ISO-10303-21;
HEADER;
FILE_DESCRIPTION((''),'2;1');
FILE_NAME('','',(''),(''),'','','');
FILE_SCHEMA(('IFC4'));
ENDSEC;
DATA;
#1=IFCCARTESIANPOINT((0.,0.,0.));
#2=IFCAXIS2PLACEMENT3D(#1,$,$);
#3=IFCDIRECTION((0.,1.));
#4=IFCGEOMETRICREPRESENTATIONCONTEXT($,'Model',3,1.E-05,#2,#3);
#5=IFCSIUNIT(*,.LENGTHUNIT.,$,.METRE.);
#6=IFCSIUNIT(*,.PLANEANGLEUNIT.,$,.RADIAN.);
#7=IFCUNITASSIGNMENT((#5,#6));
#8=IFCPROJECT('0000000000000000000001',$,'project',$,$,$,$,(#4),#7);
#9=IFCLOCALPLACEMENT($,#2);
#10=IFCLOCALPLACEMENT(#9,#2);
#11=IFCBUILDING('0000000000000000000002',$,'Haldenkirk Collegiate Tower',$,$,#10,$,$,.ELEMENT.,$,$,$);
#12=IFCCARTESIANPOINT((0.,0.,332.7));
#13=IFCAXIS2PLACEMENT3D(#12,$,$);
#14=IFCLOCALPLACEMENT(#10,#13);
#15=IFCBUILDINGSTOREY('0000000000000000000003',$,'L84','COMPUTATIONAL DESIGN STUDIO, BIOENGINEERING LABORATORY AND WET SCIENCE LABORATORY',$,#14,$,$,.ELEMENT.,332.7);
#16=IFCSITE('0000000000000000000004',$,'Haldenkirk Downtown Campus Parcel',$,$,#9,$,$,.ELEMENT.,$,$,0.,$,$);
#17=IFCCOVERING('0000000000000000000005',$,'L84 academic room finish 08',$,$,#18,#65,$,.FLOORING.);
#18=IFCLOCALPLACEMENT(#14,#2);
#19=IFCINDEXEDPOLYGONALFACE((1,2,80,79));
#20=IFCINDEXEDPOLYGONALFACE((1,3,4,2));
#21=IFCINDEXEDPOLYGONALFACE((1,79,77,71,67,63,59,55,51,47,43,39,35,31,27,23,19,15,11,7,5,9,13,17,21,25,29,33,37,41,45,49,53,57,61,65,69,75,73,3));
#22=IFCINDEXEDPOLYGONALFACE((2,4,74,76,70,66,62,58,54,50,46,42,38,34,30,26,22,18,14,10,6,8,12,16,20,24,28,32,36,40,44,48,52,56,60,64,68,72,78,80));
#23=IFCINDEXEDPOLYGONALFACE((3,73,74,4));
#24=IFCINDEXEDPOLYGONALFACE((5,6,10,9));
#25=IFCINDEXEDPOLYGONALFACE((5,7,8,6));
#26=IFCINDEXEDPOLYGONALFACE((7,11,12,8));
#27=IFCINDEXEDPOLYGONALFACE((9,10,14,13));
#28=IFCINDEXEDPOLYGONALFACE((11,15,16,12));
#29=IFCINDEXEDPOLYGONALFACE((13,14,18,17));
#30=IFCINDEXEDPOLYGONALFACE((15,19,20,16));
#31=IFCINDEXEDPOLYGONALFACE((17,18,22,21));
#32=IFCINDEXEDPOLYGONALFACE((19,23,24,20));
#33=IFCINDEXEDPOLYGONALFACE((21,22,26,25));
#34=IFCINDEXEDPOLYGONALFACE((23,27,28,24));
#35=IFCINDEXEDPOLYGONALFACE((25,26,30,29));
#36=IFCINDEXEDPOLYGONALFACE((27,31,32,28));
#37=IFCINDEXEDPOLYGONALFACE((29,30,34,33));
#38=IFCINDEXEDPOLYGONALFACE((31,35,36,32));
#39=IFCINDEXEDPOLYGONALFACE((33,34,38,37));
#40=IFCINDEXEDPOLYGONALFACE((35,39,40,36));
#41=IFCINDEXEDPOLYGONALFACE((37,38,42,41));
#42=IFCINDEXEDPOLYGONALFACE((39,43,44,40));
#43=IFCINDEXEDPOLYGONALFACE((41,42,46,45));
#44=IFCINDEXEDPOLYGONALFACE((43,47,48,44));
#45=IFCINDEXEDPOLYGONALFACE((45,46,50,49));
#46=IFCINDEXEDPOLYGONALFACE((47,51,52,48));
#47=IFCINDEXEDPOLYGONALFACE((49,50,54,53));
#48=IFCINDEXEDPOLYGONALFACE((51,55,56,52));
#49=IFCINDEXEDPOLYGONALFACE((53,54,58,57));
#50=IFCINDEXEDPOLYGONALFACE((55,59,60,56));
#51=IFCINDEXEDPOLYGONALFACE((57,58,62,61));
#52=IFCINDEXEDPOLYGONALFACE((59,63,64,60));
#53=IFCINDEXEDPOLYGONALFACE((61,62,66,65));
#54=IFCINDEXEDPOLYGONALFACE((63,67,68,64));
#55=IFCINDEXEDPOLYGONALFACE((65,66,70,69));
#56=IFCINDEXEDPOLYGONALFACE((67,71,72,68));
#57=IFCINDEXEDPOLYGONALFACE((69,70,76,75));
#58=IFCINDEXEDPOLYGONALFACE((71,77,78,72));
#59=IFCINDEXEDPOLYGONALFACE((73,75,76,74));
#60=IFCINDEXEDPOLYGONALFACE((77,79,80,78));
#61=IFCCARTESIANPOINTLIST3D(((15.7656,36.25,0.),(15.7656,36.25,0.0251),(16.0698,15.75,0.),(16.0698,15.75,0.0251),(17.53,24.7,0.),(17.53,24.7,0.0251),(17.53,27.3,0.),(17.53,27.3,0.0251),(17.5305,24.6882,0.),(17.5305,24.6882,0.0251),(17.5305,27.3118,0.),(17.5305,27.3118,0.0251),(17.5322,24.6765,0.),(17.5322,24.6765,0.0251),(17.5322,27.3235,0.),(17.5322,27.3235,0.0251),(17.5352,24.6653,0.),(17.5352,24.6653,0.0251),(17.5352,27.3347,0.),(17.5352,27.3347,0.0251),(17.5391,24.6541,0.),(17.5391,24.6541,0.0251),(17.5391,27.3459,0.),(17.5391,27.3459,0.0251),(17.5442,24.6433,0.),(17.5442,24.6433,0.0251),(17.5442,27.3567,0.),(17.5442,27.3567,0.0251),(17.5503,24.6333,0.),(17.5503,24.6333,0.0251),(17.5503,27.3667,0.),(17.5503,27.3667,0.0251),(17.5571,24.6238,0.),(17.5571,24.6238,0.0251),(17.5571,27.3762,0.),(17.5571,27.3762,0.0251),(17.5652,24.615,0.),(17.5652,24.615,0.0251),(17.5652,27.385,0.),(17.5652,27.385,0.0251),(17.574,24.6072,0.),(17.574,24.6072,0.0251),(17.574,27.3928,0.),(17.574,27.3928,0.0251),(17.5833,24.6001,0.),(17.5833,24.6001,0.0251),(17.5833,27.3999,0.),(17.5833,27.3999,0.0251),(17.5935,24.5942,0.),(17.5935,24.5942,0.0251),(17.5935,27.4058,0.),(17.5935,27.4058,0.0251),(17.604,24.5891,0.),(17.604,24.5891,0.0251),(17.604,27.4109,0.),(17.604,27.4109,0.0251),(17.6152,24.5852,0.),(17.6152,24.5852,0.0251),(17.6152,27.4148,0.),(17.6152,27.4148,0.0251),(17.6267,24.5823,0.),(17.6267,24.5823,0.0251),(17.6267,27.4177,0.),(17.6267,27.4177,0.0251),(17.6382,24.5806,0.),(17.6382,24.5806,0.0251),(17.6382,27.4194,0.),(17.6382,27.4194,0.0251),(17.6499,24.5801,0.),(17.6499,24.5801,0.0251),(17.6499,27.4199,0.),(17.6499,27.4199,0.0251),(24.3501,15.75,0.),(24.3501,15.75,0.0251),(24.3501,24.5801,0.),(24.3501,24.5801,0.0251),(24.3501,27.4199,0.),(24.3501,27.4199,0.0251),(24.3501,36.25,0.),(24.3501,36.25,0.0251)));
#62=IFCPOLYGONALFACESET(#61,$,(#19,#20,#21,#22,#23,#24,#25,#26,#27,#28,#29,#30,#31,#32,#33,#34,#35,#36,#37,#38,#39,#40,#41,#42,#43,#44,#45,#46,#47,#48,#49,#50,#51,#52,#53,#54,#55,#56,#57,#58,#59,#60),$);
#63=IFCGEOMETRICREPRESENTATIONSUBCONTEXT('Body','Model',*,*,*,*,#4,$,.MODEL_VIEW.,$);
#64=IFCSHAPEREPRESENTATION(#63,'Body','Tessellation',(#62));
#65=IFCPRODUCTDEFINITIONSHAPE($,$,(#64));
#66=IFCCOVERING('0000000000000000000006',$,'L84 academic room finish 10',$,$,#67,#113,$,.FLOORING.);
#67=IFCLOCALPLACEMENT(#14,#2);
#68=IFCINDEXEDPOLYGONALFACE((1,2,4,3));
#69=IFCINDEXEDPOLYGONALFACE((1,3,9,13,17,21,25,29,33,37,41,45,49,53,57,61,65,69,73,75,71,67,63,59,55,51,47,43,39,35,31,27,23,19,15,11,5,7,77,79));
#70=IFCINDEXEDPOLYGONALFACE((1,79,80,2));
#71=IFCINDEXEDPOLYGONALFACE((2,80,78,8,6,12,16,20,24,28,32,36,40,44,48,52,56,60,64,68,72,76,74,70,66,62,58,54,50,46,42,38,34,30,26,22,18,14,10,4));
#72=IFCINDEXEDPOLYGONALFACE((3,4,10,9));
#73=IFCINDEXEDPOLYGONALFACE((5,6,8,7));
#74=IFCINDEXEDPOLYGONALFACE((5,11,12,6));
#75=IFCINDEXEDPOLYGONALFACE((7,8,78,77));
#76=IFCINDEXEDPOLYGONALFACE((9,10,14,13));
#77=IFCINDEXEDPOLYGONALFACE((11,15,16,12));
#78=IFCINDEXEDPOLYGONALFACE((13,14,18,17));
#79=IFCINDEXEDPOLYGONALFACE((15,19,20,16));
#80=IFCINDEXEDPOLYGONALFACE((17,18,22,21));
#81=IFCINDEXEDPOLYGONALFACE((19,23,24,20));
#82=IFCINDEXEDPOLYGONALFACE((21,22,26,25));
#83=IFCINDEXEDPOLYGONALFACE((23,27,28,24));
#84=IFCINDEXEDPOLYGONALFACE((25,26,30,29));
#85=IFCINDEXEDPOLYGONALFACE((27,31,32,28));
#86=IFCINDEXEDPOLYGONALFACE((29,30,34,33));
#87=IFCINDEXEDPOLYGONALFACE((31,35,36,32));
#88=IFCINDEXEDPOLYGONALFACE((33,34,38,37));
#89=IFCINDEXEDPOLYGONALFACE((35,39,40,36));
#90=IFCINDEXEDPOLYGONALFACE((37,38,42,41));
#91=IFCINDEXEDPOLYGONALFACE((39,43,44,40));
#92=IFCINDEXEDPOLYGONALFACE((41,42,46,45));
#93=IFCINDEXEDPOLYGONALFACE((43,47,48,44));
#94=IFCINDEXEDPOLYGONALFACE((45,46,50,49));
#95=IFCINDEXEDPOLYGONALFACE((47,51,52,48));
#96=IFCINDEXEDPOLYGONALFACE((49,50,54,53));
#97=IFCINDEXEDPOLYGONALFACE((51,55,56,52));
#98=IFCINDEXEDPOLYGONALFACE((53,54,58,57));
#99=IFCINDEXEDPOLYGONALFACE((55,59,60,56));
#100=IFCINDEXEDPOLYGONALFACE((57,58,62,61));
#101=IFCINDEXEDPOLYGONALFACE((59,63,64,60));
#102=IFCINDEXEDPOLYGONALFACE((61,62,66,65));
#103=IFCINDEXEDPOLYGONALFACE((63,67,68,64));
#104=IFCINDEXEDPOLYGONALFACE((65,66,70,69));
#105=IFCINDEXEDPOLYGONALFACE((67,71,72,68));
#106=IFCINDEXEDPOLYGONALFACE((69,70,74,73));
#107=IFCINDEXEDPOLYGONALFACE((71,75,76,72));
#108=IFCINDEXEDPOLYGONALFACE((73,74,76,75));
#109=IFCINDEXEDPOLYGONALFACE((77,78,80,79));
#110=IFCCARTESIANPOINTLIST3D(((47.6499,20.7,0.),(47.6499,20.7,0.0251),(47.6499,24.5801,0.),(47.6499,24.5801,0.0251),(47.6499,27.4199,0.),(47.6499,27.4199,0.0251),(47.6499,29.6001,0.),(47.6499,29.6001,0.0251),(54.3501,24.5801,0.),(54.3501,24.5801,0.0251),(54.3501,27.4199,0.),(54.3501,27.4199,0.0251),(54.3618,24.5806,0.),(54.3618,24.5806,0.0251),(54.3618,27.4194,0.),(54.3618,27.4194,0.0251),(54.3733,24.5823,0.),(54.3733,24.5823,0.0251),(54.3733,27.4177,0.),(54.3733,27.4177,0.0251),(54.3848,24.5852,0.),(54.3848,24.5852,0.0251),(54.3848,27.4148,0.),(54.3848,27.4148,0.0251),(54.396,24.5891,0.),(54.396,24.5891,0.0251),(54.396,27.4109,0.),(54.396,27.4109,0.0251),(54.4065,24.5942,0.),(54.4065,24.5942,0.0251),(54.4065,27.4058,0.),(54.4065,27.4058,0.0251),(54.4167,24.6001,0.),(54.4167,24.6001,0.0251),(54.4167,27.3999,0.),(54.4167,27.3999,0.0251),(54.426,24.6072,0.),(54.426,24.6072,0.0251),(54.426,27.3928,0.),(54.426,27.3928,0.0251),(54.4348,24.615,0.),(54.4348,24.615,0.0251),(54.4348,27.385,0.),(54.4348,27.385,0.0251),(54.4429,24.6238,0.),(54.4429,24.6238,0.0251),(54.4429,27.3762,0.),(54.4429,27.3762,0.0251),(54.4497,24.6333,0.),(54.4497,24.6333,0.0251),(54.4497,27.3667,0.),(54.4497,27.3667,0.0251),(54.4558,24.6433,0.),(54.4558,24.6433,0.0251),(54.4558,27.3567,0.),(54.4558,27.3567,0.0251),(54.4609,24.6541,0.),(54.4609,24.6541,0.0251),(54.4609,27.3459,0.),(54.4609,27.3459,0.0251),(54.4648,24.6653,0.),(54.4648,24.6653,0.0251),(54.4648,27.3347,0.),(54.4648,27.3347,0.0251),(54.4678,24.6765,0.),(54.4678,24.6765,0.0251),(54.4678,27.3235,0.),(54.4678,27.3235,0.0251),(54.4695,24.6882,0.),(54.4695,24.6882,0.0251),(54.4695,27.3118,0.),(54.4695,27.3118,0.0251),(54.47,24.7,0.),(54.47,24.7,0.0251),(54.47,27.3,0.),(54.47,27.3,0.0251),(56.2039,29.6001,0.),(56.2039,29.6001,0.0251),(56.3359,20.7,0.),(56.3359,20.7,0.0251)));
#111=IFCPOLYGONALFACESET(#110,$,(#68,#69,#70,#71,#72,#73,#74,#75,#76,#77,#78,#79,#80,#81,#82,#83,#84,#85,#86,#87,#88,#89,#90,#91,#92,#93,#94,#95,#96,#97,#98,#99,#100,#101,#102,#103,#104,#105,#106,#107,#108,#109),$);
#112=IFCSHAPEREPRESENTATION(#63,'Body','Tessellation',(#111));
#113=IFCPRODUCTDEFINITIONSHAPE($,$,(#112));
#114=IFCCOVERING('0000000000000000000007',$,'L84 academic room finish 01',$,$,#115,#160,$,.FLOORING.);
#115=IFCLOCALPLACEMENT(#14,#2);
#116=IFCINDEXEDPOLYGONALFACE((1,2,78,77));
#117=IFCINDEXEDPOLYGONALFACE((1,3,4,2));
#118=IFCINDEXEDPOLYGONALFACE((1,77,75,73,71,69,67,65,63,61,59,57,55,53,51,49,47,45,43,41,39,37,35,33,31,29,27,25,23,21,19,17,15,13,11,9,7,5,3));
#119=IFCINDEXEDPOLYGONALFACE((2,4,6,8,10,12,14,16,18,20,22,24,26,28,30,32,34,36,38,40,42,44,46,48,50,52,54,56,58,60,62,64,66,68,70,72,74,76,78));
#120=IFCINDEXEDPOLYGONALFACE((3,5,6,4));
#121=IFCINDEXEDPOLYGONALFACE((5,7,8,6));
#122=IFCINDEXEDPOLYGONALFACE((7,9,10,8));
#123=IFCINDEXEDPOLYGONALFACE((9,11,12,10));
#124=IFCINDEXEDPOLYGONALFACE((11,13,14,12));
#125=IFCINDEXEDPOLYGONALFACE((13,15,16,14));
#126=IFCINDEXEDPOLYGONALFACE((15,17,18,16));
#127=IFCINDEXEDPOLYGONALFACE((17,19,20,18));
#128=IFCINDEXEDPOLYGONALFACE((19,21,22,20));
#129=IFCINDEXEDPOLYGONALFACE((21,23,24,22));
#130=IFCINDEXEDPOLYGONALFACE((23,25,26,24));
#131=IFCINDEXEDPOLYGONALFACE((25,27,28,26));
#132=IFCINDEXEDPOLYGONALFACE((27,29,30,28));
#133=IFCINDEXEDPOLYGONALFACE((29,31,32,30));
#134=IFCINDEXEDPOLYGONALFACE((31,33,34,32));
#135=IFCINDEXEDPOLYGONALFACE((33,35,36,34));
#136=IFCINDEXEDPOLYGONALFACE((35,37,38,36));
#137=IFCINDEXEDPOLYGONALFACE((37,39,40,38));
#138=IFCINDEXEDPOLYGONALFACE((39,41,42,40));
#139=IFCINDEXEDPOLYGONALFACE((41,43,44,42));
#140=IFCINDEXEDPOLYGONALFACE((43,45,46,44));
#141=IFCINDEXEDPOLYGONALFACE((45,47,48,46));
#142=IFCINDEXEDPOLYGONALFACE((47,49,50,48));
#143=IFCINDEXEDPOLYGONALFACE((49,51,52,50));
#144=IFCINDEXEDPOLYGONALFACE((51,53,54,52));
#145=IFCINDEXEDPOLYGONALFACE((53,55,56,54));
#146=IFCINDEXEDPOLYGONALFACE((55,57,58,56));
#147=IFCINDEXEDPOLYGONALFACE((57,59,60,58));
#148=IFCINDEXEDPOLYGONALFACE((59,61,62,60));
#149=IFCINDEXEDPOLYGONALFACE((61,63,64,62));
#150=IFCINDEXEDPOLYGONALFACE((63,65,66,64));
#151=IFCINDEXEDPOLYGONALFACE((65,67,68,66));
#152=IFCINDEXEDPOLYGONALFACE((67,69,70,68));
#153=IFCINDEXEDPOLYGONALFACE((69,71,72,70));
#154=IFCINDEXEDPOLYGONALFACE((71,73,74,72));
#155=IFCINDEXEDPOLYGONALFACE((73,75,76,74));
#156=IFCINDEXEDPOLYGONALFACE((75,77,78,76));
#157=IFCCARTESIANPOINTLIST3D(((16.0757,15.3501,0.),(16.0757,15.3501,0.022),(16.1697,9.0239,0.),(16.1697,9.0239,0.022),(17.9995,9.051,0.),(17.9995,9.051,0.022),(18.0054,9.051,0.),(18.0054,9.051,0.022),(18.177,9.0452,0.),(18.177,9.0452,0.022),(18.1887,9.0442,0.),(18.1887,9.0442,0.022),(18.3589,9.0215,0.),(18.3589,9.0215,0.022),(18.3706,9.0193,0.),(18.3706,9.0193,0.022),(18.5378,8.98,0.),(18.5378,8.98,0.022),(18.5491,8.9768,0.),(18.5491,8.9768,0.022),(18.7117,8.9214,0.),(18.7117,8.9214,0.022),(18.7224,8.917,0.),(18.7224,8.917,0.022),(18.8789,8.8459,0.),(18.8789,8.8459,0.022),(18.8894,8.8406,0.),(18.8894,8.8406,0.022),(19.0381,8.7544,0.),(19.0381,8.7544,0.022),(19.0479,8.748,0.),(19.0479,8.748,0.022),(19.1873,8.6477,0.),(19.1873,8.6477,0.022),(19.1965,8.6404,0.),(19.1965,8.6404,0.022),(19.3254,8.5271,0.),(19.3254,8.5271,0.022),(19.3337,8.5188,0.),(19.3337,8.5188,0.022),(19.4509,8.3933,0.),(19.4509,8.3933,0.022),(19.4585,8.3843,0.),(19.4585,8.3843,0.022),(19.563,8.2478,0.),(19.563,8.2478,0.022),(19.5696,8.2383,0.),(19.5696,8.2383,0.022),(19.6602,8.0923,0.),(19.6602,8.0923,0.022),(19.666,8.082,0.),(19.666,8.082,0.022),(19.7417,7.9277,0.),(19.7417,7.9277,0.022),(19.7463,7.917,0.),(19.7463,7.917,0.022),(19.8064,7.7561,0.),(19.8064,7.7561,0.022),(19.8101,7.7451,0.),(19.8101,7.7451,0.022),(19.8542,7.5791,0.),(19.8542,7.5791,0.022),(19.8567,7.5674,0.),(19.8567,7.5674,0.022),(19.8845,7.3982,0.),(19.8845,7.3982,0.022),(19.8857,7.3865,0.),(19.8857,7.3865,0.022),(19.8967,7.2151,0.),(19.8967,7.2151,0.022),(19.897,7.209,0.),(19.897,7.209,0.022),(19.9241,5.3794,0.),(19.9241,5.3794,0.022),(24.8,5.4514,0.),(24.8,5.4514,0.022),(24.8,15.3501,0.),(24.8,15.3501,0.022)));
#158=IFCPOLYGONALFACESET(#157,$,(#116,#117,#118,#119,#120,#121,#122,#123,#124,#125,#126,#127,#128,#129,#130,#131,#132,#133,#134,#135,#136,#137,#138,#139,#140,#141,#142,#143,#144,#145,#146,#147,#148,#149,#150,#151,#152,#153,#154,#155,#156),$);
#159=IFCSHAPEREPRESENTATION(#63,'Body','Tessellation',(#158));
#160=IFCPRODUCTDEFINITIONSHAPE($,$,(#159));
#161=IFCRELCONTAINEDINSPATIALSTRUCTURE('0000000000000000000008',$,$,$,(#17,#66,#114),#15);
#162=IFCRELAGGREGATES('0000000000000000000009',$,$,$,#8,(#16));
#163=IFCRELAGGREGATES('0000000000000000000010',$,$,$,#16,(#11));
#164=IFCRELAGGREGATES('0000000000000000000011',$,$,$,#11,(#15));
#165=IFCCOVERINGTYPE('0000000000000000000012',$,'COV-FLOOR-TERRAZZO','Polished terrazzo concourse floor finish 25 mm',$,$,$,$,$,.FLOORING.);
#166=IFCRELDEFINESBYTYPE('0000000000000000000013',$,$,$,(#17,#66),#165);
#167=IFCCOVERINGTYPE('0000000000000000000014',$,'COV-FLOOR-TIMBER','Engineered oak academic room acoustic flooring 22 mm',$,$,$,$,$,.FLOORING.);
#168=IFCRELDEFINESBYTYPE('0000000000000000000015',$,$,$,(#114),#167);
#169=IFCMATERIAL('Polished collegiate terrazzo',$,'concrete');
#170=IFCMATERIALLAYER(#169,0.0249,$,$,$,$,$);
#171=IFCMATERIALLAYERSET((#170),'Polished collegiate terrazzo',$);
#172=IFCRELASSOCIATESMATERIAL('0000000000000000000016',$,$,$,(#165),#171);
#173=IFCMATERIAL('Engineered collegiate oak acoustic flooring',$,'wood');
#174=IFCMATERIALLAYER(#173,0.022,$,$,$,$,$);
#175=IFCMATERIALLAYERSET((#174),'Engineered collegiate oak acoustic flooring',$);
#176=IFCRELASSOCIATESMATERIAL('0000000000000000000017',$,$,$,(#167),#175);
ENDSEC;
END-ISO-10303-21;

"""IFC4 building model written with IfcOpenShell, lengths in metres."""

from ifc_helpers import new_model, si_unit, direction, frame, origin, place, context, subcontext, project, spatial, polyline, outline, extrude, material, layer, layer_set, type_object, element, save


model = new_model("IFC4")

# Units and contexts
model_context = context("Model", 3, precision=1e-05, world=origin(), true_north=direction((0.0, 1.0)))
body_context = subcontext(model_context, "Body", "Model", "MODEL_VIEW")
ifc_project = project(units=[si_unit("LENGTHUNIT", "METRE"), si_unit("PLANEANGLEUNIT", "RADIAN")], contexts=[model_context])

# Site, building, storey
site_placement = place(None, origin())
site = spatial("IfcSite", under=ifc_project, at=site_placement, Name="Haldenkirk Downtown Campus Parcel", CompositionType="ELEMENT", RefElevation=0.0)
building_placement = place(site_placement, origin())
building = spatial("IfcBuilding", under=site, at=building_placement, Name="Haldenkirk Collegiate Tower", CompositionType="ELEMENT")
storey_placement = place(building_placement, frame((0.0, 0.0, 332.7)))
storey = spatial("IfcBuildingStorey", under=building, at=storey_placement, Name="L84", Description="COMPUTATIONAL DESIGN STUDIO, BIOENGINEERING LABORATORY AND WET SCIENCE LABORATORY", CompositionType="ELEMENT", Elevation=332.7)

# Coverings
ifc_material_1 = material(Name="Polished collegiate terrazzo", Category="concrete")
ifc_layer_1 = layer(ifc_material_1, 0.0249)
ifc_layer_set_1 = layer_set([ifc_layer_1], Name="Polished collegiate terrazzo")
covering_type_1 = type_object("IfcCoveringType", Name="COV-FLOOR-TERRAZZO", Description="Polished terrazzo concourse floor finish 25 mm", PredefinedType="FLOORING", material=ifc_layer_set_1)
covering_1_placement = place(storey_placement, origin())
element("IfcCovering", 1, at=covering_1_placement, inside=storey, type_object=covering_type_1, Name="L84 academic room finish 08", PredefinedType="FLOORING", context=body_context, shape_type="SweptSolid", body=[
    extrude(outline(polyline([(17.6499, 27.4199), (17.6382, 27.4194), (17.6267, 27.4177), (17.6152, 27.4148), (17.604, 27.4109), (17.5935, 27.4058), (17.5833, 27.3999), (17.574, 27.3928), (17.5652, 27.385), (17.5571, 27.3762), (17.5503, 27.3667), (17.5442, 27.3567), (17.5391, 27.3459), (17.5352, 27.3347), (17.5322, 27.3235), (17.5305, 27.3118), (17.53, 27.3), (17.53, 24.7), (17.5305, 24.6882), (17.5322, 24.6765), (17.5352, 24.6653), (17.5391, 24.6541), (17.5442, 24.6433), (17.5503, 24.6333), (17.5571, 24.6238), (17.5652, 24.615), (17.574, 24.6072), (17.5833, 24.6001), (17.5935, 24.5942), (17.604, 24.5891), (17.6152, 24.5852), (17.6267, 24.5823), (17.6382, 24.5806), (17.6499, 24.5801), (24.3501, 24.5801), (24.3501, 15.75), (16.0698, 15.75), (15.7656, 36.25), (24.3501, 36.25), (24.3501, 27.4199), (17.6499, 27.4199)])), origin(), (0.0, 0.0, 1.0), 0.0251),
])
covering_2_placement = place(storey_placement, origin())
element("IfcCovering", 2, at=covering_2_placement, inside=storey, type_object=covering_type_1, Name="L84 academic room finish 10", PredefinedType="FLOORING", context=body_context, shape_type="SweptSolid", body=[
    extrude(outline(polyline([(54.3501, 24.5801), (54.3618, 24.5806), (54.3733, 24.5823), (54.3848, 24.5852), (54.396, 24.5891), (54.4065, 24.5942), (54.4167, 24.6001), (54.426, 24.6072), (54.4348, 24.615), (54.4429, 24.6238), (54.4497, 24.6333), (54.4558, 24.6433), (54.4609, 24.6541), (54.4648, 24.6653), (54.4678, 24.6765), (54.4695, 24.6882), (54.47, 24.7), (54.47, 27.3), (54.4695, 27.3118), (54.4678, 27.3235), (54.4648, 27.3347), (54.4609, 27.3459), (54.4558, 27.3567), (54.4497, 27.3667), (54.4429, 27.3762), (54.4348, 27.385), (54.426, 27.3928), (54.4167, 27.3999), (54.4065, 27.4058), (54.396, 27.4109), (54.3848, 27.4148), (54.3733, 27.4177), (54.3618, 27.4194), (54.3501, 27.4199), (47.6499, 27.4199), (47.6499, 29.6001), (56.2039, 29.6001), (56.3359, 20.7), (47.6499, 20.7), (47.6499, 24.5801), (54.3501, 24.5801)])), origin(), (0.0, 0.0, 1.0), 0.0251),
])
ifc_material_2 = material(Name="Engineered collegiate oak acoustic flooring", Category="wood")
ifc_layer_2 = layer(ifc_material_2, 0.022)
ifc_layer_set_2 = layer_set([ifc_layer_2], Name="Engineered collegiate oak acoustic flooring")
covering_type_2 = type_object("IfcCoveringType", Name="COV-FLOOR-TIMBER", Description="Engineered oak academic room acoustic flooring 22 mm", PredefinedType="FLOORING", material=ifc_layer_set_2)
covering_3_placement = place(storey_placement, origin())
element("IfcCovering", 3, at=covering_3_placement, inside=storey, type_object=covering_type_2, Name="L84 academic room finish 01", PredefinedType="FLOORING", context=body_context, shape_type="SweptSolid", body=[
    extrude(outline(polyline([(19.9241, 5.3794), (19.897, 7.209), (19.8967, 7.2151), (19.8857, 7.3865), (19.8845, 7.3982), (19.8567, 7.5674), (19.8542, 7.5791), (19.8101, 7.7451), (19.8064, 7.7561), (19.7463, 7.917), (19.7417, 7.9277), (19.666, 8.082), (19.6602, 8.0923), (19.5696, 8.2383), (19.563, 8.2478), (19.4585, 8.3843), (19.4509, 8.3933), (19.3337, 8.5188), (19.3254, 8.5271), (19.1965, 8.6404), (19.1873, 8.6477), (19.0479, 8.748), (19.0381, 8.7544), (18.8894, 8.8406), (18.8789, 8.8459), (18.7224, 8.917), (18.7117, 8.9214), (18.5491, 8.9768), (18.5378, 8.98), (18.3706, 9.0193), (18.3589, 9.0215), (18.1887, 9.0442), (18.177, 9.0452), (18.0054, 9.051), (17.9995, 9.051), (16.1697, 9.0239), (16.0757, 15.3501), (24.8, 15.3501), (24.8, 5.4514), (19.9241, 5.3794)])), origin(), (0.0, 0.0, 1.0), 0.022),
])

save(model, "model.ifc")
